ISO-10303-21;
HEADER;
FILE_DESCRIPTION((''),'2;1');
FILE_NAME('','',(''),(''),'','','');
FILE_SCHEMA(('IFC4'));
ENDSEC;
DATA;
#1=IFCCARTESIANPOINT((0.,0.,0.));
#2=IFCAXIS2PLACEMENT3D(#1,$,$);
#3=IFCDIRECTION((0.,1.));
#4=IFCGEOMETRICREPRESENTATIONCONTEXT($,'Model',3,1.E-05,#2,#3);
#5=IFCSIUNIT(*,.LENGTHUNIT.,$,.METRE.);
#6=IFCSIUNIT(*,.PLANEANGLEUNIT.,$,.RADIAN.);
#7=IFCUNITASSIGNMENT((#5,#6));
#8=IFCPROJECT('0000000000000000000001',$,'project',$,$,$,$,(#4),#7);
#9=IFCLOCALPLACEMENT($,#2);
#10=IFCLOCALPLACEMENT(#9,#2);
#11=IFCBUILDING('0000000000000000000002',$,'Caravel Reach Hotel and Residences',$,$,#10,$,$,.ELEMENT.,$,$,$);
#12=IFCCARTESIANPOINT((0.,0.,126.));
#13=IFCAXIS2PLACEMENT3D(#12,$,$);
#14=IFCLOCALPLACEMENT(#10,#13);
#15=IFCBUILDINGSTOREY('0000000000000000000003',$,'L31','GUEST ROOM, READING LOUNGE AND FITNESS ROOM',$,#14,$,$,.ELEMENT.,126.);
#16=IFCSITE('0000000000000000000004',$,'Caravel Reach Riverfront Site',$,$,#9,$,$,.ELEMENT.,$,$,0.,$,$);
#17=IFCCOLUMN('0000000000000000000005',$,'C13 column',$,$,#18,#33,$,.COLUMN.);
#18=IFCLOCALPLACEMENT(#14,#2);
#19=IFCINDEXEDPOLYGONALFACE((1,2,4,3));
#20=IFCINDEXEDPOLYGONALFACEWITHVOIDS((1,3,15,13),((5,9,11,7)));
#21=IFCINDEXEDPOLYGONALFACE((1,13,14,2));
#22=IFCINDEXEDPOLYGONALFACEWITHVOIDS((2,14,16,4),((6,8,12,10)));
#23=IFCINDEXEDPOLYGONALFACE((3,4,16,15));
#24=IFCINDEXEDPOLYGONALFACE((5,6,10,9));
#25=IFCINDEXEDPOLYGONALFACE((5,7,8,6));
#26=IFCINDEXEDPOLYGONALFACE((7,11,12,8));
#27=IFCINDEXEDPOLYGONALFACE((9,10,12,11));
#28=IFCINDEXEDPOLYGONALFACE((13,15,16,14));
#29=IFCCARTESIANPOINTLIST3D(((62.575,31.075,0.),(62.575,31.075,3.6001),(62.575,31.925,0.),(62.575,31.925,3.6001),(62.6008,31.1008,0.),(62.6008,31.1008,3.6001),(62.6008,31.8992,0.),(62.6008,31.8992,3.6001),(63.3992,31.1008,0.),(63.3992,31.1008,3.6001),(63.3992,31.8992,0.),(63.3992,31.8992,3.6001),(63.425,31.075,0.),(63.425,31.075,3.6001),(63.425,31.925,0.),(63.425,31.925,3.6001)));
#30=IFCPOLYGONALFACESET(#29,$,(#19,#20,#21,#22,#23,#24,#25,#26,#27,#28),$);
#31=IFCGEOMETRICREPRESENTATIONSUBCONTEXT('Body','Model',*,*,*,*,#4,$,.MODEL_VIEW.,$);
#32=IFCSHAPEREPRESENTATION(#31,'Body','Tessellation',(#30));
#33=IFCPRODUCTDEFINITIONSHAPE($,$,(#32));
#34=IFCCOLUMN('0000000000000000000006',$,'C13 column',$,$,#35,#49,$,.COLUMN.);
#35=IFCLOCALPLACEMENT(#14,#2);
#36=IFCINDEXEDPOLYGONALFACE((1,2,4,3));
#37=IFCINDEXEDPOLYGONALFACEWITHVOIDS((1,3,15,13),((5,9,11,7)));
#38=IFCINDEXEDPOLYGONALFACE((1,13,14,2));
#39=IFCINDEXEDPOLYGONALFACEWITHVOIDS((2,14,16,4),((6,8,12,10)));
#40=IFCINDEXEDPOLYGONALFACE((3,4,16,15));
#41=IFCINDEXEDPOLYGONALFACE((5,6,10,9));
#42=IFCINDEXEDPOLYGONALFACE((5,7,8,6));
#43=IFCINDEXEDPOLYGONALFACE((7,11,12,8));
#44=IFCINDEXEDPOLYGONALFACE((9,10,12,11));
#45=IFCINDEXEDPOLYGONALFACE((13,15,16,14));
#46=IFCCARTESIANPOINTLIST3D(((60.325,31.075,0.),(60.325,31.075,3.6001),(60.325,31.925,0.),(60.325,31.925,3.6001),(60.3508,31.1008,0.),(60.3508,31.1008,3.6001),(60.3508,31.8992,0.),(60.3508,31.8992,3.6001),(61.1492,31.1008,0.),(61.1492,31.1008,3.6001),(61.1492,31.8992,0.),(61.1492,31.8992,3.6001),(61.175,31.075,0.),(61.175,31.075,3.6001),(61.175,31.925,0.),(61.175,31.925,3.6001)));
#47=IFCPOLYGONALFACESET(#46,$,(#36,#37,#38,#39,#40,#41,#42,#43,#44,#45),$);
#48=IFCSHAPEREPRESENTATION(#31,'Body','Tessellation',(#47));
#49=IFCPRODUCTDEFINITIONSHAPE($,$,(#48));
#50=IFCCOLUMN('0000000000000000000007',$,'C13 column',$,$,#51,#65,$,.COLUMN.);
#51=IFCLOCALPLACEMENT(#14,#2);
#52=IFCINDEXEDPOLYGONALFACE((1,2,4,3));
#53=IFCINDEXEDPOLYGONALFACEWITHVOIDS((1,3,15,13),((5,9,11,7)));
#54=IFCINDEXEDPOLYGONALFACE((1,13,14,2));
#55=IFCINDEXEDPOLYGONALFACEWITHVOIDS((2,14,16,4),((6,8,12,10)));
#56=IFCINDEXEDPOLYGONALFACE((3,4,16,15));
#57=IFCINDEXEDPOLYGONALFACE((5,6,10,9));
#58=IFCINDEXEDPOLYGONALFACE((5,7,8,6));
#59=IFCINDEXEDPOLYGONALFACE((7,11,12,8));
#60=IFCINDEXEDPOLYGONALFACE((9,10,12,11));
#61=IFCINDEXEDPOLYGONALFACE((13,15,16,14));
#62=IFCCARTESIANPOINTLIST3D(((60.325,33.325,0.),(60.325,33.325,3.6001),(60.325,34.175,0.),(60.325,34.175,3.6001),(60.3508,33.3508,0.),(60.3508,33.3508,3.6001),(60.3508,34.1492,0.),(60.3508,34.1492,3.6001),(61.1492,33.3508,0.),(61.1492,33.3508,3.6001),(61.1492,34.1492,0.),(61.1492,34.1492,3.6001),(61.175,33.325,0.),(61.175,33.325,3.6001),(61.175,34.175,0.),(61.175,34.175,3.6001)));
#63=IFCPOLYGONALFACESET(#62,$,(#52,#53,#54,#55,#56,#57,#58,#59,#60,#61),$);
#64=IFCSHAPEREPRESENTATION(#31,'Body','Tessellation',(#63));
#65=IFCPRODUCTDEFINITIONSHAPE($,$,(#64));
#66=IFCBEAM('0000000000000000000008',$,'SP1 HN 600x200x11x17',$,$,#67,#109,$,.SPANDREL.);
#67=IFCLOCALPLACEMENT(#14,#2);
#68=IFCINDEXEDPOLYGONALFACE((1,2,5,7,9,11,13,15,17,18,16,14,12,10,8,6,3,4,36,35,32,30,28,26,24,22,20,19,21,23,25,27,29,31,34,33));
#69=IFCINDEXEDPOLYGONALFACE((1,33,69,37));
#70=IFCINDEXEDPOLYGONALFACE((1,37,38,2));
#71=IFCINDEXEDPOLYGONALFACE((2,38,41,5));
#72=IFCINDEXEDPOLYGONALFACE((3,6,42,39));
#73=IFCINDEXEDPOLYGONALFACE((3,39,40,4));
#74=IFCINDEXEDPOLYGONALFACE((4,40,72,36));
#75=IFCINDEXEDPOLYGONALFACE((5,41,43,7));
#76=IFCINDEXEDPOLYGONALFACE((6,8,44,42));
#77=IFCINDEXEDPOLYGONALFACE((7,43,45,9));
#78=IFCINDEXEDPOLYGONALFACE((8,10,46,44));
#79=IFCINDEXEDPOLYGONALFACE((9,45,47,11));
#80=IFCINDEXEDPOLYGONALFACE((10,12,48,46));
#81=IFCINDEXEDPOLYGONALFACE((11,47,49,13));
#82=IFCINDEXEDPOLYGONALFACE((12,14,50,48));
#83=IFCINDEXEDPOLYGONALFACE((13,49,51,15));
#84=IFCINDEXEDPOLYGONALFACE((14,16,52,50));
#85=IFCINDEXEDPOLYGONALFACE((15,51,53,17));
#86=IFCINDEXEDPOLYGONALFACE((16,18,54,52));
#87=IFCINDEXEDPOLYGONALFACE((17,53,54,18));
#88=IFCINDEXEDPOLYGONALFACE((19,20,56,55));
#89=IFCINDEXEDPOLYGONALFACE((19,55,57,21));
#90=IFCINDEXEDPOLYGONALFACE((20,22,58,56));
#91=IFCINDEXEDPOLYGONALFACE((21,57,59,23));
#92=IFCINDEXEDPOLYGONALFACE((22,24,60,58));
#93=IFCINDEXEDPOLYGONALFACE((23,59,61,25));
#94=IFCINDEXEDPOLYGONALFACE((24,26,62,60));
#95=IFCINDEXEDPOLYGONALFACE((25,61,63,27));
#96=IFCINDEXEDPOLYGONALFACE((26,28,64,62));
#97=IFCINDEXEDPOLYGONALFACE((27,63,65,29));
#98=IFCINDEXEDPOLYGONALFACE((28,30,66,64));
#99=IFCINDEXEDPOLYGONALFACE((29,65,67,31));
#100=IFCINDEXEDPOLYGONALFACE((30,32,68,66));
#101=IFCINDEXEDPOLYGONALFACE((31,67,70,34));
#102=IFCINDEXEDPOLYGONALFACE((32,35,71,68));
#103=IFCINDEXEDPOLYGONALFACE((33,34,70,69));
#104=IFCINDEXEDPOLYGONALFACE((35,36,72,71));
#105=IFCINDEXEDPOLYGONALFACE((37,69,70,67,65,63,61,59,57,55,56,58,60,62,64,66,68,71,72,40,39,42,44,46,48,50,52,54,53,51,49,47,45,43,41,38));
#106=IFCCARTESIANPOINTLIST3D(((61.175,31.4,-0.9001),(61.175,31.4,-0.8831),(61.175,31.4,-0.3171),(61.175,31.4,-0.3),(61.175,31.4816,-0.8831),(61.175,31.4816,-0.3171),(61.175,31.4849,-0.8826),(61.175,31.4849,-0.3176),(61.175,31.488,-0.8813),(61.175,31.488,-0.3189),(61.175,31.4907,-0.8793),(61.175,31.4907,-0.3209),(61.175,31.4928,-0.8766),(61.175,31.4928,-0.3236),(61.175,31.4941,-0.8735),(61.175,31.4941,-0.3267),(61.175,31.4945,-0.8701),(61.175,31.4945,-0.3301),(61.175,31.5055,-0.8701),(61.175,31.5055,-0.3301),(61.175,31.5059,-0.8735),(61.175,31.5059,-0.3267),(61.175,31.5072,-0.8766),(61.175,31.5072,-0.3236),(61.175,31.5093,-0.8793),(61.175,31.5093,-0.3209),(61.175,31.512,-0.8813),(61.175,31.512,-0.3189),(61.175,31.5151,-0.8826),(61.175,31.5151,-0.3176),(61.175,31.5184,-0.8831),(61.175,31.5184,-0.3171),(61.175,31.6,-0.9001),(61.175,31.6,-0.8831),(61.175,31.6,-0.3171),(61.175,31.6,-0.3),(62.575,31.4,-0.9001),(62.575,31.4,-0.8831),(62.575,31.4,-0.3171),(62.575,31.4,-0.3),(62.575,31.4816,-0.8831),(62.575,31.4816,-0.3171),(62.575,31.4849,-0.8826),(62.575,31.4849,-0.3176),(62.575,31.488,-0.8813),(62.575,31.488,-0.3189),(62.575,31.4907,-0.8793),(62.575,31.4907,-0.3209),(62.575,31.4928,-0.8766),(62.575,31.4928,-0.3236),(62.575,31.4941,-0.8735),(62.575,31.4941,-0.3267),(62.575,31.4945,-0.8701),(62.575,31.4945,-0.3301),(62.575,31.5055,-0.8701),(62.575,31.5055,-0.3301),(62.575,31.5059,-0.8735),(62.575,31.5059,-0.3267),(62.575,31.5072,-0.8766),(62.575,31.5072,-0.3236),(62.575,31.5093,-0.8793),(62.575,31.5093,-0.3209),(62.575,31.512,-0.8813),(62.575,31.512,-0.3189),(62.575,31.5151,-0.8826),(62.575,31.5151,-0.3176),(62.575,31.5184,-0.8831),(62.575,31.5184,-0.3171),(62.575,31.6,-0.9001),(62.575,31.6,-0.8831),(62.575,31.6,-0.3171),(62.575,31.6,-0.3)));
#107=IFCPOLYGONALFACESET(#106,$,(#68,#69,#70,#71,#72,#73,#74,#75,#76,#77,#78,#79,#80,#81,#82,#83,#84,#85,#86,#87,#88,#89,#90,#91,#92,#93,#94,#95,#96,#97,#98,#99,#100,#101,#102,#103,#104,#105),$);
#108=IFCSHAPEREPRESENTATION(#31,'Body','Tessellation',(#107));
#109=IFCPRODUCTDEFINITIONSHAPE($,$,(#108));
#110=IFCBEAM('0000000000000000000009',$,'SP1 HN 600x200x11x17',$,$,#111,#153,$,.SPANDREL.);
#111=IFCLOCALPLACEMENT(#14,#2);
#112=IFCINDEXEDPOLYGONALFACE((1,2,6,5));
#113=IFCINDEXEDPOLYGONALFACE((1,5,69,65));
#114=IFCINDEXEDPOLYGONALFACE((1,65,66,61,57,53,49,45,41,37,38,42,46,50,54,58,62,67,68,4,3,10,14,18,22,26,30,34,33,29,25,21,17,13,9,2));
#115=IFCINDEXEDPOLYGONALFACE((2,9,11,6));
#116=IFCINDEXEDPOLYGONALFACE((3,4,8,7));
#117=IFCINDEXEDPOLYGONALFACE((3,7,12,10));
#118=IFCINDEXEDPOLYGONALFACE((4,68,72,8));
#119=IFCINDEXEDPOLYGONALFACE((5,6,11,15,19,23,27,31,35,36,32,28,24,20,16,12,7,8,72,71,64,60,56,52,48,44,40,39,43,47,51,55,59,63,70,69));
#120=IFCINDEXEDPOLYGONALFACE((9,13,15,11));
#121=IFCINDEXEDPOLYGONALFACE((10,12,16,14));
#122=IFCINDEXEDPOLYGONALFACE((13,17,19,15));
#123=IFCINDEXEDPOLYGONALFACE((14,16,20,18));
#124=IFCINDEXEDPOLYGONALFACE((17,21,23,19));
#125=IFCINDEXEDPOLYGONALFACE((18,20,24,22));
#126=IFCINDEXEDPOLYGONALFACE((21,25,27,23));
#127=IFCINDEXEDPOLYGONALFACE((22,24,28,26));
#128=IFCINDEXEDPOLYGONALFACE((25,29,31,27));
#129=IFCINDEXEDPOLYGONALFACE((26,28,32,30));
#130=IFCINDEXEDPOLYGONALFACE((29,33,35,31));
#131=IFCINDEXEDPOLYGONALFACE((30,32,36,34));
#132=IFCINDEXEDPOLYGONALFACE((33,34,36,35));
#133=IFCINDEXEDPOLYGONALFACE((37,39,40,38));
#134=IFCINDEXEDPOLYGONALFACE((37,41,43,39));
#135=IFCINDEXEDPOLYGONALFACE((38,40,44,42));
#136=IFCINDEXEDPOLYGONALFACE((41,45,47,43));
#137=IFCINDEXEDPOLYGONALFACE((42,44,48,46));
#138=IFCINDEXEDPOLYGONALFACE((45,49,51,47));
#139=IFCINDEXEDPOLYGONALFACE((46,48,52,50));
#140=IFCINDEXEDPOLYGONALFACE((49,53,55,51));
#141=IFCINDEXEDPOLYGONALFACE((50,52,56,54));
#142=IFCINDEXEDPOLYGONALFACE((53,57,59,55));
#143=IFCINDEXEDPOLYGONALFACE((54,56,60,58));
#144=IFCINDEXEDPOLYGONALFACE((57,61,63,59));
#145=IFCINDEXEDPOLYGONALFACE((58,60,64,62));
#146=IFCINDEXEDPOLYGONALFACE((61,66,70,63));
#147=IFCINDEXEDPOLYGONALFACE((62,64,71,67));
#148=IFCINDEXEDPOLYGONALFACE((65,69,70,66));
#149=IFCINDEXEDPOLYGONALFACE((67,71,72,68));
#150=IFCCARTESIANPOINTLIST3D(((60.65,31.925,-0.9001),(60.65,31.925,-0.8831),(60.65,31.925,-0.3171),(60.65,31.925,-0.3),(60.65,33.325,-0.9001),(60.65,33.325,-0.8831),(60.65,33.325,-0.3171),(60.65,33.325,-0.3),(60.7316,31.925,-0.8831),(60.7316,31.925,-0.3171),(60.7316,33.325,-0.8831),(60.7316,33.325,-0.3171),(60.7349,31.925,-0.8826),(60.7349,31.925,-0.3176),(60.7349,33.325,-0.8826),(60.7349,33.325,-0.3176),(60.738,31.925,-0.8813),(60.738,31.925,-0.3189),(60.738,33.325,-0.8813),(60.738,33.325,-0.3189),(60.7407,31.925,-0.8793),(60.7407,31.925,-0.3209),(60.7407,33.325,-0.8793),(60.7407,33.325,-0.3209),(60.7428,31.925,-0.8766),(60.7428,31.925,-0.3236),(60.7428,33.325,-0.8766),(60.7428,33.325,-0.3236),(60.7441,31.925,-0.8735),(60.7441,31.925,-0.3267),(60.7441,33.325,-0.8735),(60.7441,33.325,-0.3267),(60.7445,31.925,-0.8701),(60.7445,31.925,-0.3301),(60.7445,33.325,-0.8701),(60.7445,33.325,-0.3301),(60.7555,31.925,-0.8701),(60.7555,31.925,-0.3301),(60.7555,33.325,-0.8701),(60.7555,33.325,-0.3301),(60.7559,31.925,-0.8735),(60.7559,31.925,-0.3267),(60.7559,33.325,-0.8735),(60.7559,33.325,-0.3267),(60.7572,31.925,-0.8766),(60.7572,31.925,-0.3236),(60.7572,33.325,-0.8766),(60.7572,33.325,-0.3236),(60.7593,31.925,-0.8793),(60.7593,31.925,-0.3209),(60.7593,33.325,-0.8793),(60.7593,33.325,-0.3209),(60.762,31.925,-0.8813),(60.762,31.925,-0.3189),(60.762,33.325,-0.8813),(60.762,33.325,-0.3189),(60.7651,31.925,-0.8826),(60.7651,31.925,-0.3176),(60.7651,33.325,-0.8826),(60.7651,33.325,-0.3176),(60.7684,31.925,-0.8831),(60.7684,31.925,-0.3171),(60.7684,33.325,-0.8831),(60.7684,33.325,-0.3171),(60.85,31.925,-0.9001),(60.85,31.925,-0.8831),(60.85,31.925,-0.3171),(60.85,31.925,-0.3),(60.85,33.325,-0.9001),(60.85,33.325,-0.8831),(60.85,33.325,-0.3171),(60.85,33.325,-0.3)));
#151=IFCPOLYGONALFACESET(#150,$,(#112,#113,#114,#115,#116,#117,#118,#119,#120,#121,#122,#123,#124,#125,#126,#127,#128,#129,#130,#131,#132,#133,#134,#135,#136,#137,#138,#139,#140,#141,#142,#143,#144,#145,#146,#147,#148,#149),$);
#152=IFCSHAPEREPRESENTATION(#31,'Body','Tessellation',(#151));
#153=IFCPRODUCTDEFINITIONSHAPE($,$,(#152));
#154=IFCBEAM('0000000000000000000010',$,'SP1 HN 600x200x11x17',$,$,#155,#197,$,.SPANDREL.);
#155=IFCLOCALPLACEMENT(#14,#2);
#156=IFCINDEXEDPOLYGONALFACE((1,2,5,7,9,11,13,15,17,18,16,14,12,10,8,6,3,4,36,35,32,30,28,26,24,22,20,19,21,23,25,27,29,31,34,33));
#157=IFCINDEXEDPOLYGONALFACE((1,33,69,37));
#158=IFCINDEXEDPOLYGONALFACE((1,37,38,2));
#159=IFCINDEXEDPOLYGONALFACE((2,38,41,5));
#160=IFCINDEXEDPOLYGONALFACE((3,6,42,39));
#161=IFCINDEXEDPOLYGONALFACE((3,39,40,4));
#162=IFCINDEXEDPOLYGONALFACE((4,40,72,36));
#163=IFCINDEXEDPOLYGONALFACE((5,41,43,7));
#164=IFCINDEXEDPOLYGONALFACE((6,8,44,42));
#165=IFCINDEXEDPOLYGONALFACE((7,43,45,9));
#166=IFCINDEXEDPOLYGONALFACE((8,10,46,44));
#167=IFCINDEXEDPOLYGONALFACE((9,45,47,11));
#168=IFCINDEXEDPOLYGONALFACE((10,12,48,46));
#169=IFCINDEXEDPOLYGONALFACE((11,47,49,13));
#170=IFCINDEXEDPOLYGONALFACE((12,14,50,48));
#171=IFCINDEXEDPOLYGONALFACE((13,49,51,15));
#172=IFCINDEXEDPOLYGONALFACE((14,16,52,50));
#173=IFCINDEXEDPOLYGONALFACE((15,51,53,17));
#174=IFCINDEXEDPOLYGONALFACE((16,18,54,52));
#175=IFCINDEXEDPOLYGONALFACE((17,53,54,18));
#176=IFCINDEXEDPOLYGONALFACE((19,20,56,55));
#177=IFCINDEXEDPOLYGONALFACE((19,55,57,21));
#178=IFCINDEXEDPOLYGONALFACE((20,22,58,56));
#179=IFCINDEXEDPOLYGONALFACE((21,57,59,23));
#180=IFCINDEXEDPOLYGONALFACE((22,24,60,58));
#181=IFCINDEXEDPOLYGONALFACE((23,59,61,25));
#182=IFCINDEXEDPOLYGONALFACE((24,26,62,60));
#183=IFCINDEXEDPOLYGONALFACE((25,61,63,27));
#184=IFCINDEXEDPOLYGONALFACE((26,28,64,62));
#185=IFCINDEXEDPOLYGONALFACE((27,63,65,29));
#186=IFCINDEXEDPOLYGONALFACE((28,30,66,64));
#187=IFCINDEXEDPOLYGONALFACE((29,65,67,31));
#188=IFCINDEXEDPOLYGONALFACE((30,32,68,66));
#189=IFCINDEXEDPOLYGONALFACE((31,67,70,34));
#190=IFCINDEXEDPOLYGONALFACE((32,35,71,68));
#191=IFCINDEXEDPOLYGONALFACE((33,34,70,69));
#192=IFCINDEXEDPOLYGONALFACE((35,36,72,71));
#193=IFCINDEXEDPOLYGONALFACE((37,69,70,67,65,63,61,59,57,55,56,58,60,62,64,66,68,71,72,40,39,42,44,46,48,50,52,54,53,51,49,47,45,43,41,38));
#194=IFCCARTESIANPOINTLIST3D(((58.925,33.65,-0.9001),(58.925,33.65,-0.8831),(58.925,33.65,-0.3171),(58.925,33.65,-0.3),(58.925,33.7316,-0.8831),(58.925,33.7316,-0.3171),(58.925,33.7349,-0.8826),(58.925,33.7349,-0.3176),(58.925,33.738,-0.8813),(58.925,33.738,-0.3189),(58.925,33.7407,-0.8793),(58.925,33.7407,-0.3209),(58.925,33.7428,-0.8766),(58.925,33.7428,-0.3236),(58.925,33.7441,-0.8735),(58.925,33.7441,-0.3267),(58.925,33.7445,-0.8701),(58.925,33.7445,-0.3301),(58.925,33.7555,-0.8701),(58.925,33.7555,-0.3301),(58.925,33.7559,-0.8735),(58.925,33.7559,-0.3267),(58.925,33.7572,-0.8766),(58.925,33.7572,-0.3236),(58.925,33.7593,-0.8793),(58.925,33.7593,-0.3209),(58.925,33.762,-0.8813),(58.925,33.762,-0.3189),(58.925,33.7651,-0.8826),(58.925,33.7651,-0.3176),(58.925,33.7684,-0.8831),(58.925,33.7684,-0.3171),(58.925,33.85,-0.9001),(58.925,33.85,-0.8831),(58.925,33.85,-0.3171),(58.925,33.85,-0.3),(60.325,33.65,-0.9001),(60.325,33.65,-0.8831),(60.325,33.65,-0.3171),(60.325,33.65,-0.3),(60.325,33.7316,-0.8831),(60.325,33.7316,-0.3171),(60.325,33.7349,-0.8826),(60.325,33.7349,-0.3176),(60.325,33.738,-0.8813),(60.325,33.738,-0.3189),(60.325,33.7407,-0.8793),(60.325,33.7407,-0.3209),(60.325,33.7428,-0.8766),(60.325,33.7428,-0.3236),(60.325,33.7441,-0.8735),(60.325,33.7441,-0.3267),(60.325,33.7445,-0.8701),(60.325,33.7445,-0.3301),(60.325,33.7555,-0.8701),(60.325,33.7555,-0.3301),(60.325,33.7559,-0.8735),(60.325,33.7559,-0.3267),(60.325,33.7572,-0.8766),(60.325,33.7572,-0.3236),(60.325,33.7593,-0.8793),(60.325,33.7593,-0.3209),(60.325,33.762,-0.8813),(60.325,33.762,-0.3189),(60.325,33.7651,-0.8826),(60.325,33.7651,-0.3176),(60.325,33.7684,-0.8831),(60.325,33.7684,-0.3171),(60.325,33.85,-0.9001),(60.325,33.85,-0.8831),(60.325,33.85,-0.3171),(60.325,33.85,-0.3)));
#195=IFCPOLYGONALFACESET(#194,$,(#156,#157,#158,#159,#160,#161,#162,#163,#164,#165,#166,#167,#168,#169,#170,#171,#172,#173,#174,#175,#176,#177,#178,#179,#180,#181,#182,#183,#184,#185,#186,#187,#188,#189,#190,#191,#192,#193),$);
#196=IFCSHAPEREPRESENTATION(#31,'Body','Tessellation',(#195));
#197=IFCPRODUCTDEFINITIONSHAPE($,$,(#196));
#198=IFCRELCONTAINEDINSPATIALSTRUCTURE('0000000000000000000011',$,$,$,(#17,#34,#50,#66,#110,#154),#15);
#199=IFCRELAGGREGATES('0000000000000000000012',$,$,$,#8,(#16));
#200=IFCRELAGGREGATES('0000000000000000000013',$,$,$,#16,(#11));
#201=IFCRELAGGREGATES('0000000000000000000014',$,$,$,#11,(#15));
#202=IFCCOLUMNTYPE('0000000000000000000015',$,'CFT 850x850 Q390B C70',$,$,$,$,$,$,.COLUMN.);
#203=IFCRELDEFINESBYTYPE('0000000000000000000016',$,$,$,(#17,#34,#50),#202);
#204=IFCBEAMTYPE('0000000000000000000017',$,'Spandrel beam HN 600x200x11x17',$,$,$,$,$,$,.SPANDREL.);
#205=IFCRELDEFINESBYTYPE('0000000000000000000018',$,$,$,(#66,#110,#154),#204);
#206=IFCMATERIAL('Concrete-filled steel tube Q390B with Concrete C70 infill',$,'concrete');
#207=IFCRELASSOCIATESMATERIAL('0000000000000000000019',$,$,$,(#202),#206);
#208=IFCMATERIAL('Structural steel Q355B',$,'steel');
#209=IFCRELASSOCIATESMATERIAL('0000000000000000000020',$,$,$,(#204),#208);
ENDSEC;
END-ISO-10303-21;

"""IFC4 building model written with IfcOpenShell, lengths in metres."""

from ifc_helpers import new_model, si_unit, direction, frame, origin, origin_2d, place, context, subcontext, project, spatial, hollow_rectangle, i_section, extrude, material, material_profile, profile_set, type_object, element, save


model = new_model("IFC4")

# Units and contexts
model_context = context("Model", 3, precision=1e-05, world=origin(), true_north=direction((0.0, 1.0)))
body_context = subcontext(model_context, "Body", "Model", "MODEL_VIEW")
ifc_project = project(units=[si_unit("LENGTHUNIT", "METRE"), si_unit("PLANEANGLEUNIT", "RADIAN")], contexts=[model_context])

# Site, building, storey
site_placement = place(None, origin())
site = spatial("IfcSite", under=ifc_project, at=site_placement, Name="Caravel Reach Riverfront Site", CompositionType="ELEMENT", RefElevation=0.0)
building_placement = place(site_placement, origin())
building = spatial("IfcBuilding", under=site, at=building_placement, Name="Caravel Reach Hotel and Residences", CompositionType="ELEMENT")
storey_placement = place(building_placement, frame((0.0, 0.0, 126.0)))
storey = spatial("IfcBuildingStorey", under=building, at=storey_placement, Name="L31", Description="GUEST ROOM, READING LOUNGE AND FITNESS ROOM", CompositionType="ELEMENT", Elevation=126.0)

# Columns
ifc_material_1 = material(Name="Concrete-filled steel tube Q390B with Concrete C70 infill", Category="concrete")
ifc_material_profile_1 = material_profile(ifc_material_1, hollow_rectangle(XDim=0.8501, YDim=0.8501, WallThickness=0.0259, at=origin_2d()), Name="RHS 850x850x26")
ifc_profile_set_1 = profile_set([ifc_material_profile_1], Name="Concrete-filled steel tube Q390B with Concrete C70 infill")
column_type = type_object("IfcColumnType", Name="CFT 850x850 Q390B C70", PredefinedType="COLUMN", material=ifc_profile_set_1)
for number, where, z_axis, x_axis, name in (
    (1, (63.0, 31.5, 0.0), (0.0, 0.0, 1.0), (1.0, 0.0, 0.0), "C13 column"),
    (2, (60.75, 31.5, 0.0), (0.0, 0.0, 1.0), (1.0, 0.0, 0.0), "C13 column"),
    (3, (60.75, 33.75, 0.0), (0.0, 0.0, 1.0), (1.0, 0.0, 0.0), "C13 column"),
):
    element("IfcColumn", number, at=place(storey_placement, frame(where, z_axis=z_axis, x_axis=x_axis)), inside=storey, type_object=column_type, Name=name, PredefinedType="COLUMN", context=body_context, shape_type="SweptSolid", body=[
        extrude(hollow_rectangle(XDim=0.8501, YDim=0.8501, WallThickness=0.0259, at=origin_2d()), origin(), (0.0, 0.0, 1.0), 3.6001),
    ])

# Beams
ifc_material_2 = material(Name="Structural steel Q355B", Category="steel")
ifc_material_profile_2 = material_profile(ifc_material_2, i_section(OverallWidth=0.2, OverallDepth=0.6001, WebThickness=0.011, FlangeThickness=0.0171, FilletRadius=0.0129, at=origin_2d()), Name="HN 600x200x11x17")
ifc_profile_set_2 = profile_set([ifc_material_profile_2], Name="Structural steel Q355B")
beam_type = type_object("IfcBeamType", Name="Spandrel beam HN 600x200x11x17", PredefinedType="SPANDREL", material=ifc_profile_set_2)
for number, where, z_axis, x_axis, name in (
    (4, (62.575, 31.5, -0.6001), (-1.0, 0.0, 0.0), (0.0, -1.0, 0.0), "SP1 HN 600x200x11x17"),
    (5, (60.75, 31.925, -0.6001), (0.0, 1.0, 0.0), (-1.0, 0.0, 0.0), "SP1 HN 600x200x11x17"),
    (6, (60.325, 33.75, -0.6001), (-1.0, 0.0, 0.0), (0.0, -1.0, 0.0), "SP1 HN 600x200x11x17"),
):
    element("IfcBeam", number, at=place(storey_placement, frame(where, z_axis=z_axis, x_axis=x_axis)), inside=storey, type_object=beam_type, Name=name, PredefinedType="SPANDREL", context=body_context, shape_type="SweptSolid", body=[
        extrude(i_section(OverallWidth=0.2, OverallDepth=0.6001, WebThickness=0.011, FlangeThickness=0.0171, FilletRadius=0.0129, at=origin_2d()), origin(), (0.0, 0.0, 1.0), 1.3999),
    ])

save(model, "model.ifc")
